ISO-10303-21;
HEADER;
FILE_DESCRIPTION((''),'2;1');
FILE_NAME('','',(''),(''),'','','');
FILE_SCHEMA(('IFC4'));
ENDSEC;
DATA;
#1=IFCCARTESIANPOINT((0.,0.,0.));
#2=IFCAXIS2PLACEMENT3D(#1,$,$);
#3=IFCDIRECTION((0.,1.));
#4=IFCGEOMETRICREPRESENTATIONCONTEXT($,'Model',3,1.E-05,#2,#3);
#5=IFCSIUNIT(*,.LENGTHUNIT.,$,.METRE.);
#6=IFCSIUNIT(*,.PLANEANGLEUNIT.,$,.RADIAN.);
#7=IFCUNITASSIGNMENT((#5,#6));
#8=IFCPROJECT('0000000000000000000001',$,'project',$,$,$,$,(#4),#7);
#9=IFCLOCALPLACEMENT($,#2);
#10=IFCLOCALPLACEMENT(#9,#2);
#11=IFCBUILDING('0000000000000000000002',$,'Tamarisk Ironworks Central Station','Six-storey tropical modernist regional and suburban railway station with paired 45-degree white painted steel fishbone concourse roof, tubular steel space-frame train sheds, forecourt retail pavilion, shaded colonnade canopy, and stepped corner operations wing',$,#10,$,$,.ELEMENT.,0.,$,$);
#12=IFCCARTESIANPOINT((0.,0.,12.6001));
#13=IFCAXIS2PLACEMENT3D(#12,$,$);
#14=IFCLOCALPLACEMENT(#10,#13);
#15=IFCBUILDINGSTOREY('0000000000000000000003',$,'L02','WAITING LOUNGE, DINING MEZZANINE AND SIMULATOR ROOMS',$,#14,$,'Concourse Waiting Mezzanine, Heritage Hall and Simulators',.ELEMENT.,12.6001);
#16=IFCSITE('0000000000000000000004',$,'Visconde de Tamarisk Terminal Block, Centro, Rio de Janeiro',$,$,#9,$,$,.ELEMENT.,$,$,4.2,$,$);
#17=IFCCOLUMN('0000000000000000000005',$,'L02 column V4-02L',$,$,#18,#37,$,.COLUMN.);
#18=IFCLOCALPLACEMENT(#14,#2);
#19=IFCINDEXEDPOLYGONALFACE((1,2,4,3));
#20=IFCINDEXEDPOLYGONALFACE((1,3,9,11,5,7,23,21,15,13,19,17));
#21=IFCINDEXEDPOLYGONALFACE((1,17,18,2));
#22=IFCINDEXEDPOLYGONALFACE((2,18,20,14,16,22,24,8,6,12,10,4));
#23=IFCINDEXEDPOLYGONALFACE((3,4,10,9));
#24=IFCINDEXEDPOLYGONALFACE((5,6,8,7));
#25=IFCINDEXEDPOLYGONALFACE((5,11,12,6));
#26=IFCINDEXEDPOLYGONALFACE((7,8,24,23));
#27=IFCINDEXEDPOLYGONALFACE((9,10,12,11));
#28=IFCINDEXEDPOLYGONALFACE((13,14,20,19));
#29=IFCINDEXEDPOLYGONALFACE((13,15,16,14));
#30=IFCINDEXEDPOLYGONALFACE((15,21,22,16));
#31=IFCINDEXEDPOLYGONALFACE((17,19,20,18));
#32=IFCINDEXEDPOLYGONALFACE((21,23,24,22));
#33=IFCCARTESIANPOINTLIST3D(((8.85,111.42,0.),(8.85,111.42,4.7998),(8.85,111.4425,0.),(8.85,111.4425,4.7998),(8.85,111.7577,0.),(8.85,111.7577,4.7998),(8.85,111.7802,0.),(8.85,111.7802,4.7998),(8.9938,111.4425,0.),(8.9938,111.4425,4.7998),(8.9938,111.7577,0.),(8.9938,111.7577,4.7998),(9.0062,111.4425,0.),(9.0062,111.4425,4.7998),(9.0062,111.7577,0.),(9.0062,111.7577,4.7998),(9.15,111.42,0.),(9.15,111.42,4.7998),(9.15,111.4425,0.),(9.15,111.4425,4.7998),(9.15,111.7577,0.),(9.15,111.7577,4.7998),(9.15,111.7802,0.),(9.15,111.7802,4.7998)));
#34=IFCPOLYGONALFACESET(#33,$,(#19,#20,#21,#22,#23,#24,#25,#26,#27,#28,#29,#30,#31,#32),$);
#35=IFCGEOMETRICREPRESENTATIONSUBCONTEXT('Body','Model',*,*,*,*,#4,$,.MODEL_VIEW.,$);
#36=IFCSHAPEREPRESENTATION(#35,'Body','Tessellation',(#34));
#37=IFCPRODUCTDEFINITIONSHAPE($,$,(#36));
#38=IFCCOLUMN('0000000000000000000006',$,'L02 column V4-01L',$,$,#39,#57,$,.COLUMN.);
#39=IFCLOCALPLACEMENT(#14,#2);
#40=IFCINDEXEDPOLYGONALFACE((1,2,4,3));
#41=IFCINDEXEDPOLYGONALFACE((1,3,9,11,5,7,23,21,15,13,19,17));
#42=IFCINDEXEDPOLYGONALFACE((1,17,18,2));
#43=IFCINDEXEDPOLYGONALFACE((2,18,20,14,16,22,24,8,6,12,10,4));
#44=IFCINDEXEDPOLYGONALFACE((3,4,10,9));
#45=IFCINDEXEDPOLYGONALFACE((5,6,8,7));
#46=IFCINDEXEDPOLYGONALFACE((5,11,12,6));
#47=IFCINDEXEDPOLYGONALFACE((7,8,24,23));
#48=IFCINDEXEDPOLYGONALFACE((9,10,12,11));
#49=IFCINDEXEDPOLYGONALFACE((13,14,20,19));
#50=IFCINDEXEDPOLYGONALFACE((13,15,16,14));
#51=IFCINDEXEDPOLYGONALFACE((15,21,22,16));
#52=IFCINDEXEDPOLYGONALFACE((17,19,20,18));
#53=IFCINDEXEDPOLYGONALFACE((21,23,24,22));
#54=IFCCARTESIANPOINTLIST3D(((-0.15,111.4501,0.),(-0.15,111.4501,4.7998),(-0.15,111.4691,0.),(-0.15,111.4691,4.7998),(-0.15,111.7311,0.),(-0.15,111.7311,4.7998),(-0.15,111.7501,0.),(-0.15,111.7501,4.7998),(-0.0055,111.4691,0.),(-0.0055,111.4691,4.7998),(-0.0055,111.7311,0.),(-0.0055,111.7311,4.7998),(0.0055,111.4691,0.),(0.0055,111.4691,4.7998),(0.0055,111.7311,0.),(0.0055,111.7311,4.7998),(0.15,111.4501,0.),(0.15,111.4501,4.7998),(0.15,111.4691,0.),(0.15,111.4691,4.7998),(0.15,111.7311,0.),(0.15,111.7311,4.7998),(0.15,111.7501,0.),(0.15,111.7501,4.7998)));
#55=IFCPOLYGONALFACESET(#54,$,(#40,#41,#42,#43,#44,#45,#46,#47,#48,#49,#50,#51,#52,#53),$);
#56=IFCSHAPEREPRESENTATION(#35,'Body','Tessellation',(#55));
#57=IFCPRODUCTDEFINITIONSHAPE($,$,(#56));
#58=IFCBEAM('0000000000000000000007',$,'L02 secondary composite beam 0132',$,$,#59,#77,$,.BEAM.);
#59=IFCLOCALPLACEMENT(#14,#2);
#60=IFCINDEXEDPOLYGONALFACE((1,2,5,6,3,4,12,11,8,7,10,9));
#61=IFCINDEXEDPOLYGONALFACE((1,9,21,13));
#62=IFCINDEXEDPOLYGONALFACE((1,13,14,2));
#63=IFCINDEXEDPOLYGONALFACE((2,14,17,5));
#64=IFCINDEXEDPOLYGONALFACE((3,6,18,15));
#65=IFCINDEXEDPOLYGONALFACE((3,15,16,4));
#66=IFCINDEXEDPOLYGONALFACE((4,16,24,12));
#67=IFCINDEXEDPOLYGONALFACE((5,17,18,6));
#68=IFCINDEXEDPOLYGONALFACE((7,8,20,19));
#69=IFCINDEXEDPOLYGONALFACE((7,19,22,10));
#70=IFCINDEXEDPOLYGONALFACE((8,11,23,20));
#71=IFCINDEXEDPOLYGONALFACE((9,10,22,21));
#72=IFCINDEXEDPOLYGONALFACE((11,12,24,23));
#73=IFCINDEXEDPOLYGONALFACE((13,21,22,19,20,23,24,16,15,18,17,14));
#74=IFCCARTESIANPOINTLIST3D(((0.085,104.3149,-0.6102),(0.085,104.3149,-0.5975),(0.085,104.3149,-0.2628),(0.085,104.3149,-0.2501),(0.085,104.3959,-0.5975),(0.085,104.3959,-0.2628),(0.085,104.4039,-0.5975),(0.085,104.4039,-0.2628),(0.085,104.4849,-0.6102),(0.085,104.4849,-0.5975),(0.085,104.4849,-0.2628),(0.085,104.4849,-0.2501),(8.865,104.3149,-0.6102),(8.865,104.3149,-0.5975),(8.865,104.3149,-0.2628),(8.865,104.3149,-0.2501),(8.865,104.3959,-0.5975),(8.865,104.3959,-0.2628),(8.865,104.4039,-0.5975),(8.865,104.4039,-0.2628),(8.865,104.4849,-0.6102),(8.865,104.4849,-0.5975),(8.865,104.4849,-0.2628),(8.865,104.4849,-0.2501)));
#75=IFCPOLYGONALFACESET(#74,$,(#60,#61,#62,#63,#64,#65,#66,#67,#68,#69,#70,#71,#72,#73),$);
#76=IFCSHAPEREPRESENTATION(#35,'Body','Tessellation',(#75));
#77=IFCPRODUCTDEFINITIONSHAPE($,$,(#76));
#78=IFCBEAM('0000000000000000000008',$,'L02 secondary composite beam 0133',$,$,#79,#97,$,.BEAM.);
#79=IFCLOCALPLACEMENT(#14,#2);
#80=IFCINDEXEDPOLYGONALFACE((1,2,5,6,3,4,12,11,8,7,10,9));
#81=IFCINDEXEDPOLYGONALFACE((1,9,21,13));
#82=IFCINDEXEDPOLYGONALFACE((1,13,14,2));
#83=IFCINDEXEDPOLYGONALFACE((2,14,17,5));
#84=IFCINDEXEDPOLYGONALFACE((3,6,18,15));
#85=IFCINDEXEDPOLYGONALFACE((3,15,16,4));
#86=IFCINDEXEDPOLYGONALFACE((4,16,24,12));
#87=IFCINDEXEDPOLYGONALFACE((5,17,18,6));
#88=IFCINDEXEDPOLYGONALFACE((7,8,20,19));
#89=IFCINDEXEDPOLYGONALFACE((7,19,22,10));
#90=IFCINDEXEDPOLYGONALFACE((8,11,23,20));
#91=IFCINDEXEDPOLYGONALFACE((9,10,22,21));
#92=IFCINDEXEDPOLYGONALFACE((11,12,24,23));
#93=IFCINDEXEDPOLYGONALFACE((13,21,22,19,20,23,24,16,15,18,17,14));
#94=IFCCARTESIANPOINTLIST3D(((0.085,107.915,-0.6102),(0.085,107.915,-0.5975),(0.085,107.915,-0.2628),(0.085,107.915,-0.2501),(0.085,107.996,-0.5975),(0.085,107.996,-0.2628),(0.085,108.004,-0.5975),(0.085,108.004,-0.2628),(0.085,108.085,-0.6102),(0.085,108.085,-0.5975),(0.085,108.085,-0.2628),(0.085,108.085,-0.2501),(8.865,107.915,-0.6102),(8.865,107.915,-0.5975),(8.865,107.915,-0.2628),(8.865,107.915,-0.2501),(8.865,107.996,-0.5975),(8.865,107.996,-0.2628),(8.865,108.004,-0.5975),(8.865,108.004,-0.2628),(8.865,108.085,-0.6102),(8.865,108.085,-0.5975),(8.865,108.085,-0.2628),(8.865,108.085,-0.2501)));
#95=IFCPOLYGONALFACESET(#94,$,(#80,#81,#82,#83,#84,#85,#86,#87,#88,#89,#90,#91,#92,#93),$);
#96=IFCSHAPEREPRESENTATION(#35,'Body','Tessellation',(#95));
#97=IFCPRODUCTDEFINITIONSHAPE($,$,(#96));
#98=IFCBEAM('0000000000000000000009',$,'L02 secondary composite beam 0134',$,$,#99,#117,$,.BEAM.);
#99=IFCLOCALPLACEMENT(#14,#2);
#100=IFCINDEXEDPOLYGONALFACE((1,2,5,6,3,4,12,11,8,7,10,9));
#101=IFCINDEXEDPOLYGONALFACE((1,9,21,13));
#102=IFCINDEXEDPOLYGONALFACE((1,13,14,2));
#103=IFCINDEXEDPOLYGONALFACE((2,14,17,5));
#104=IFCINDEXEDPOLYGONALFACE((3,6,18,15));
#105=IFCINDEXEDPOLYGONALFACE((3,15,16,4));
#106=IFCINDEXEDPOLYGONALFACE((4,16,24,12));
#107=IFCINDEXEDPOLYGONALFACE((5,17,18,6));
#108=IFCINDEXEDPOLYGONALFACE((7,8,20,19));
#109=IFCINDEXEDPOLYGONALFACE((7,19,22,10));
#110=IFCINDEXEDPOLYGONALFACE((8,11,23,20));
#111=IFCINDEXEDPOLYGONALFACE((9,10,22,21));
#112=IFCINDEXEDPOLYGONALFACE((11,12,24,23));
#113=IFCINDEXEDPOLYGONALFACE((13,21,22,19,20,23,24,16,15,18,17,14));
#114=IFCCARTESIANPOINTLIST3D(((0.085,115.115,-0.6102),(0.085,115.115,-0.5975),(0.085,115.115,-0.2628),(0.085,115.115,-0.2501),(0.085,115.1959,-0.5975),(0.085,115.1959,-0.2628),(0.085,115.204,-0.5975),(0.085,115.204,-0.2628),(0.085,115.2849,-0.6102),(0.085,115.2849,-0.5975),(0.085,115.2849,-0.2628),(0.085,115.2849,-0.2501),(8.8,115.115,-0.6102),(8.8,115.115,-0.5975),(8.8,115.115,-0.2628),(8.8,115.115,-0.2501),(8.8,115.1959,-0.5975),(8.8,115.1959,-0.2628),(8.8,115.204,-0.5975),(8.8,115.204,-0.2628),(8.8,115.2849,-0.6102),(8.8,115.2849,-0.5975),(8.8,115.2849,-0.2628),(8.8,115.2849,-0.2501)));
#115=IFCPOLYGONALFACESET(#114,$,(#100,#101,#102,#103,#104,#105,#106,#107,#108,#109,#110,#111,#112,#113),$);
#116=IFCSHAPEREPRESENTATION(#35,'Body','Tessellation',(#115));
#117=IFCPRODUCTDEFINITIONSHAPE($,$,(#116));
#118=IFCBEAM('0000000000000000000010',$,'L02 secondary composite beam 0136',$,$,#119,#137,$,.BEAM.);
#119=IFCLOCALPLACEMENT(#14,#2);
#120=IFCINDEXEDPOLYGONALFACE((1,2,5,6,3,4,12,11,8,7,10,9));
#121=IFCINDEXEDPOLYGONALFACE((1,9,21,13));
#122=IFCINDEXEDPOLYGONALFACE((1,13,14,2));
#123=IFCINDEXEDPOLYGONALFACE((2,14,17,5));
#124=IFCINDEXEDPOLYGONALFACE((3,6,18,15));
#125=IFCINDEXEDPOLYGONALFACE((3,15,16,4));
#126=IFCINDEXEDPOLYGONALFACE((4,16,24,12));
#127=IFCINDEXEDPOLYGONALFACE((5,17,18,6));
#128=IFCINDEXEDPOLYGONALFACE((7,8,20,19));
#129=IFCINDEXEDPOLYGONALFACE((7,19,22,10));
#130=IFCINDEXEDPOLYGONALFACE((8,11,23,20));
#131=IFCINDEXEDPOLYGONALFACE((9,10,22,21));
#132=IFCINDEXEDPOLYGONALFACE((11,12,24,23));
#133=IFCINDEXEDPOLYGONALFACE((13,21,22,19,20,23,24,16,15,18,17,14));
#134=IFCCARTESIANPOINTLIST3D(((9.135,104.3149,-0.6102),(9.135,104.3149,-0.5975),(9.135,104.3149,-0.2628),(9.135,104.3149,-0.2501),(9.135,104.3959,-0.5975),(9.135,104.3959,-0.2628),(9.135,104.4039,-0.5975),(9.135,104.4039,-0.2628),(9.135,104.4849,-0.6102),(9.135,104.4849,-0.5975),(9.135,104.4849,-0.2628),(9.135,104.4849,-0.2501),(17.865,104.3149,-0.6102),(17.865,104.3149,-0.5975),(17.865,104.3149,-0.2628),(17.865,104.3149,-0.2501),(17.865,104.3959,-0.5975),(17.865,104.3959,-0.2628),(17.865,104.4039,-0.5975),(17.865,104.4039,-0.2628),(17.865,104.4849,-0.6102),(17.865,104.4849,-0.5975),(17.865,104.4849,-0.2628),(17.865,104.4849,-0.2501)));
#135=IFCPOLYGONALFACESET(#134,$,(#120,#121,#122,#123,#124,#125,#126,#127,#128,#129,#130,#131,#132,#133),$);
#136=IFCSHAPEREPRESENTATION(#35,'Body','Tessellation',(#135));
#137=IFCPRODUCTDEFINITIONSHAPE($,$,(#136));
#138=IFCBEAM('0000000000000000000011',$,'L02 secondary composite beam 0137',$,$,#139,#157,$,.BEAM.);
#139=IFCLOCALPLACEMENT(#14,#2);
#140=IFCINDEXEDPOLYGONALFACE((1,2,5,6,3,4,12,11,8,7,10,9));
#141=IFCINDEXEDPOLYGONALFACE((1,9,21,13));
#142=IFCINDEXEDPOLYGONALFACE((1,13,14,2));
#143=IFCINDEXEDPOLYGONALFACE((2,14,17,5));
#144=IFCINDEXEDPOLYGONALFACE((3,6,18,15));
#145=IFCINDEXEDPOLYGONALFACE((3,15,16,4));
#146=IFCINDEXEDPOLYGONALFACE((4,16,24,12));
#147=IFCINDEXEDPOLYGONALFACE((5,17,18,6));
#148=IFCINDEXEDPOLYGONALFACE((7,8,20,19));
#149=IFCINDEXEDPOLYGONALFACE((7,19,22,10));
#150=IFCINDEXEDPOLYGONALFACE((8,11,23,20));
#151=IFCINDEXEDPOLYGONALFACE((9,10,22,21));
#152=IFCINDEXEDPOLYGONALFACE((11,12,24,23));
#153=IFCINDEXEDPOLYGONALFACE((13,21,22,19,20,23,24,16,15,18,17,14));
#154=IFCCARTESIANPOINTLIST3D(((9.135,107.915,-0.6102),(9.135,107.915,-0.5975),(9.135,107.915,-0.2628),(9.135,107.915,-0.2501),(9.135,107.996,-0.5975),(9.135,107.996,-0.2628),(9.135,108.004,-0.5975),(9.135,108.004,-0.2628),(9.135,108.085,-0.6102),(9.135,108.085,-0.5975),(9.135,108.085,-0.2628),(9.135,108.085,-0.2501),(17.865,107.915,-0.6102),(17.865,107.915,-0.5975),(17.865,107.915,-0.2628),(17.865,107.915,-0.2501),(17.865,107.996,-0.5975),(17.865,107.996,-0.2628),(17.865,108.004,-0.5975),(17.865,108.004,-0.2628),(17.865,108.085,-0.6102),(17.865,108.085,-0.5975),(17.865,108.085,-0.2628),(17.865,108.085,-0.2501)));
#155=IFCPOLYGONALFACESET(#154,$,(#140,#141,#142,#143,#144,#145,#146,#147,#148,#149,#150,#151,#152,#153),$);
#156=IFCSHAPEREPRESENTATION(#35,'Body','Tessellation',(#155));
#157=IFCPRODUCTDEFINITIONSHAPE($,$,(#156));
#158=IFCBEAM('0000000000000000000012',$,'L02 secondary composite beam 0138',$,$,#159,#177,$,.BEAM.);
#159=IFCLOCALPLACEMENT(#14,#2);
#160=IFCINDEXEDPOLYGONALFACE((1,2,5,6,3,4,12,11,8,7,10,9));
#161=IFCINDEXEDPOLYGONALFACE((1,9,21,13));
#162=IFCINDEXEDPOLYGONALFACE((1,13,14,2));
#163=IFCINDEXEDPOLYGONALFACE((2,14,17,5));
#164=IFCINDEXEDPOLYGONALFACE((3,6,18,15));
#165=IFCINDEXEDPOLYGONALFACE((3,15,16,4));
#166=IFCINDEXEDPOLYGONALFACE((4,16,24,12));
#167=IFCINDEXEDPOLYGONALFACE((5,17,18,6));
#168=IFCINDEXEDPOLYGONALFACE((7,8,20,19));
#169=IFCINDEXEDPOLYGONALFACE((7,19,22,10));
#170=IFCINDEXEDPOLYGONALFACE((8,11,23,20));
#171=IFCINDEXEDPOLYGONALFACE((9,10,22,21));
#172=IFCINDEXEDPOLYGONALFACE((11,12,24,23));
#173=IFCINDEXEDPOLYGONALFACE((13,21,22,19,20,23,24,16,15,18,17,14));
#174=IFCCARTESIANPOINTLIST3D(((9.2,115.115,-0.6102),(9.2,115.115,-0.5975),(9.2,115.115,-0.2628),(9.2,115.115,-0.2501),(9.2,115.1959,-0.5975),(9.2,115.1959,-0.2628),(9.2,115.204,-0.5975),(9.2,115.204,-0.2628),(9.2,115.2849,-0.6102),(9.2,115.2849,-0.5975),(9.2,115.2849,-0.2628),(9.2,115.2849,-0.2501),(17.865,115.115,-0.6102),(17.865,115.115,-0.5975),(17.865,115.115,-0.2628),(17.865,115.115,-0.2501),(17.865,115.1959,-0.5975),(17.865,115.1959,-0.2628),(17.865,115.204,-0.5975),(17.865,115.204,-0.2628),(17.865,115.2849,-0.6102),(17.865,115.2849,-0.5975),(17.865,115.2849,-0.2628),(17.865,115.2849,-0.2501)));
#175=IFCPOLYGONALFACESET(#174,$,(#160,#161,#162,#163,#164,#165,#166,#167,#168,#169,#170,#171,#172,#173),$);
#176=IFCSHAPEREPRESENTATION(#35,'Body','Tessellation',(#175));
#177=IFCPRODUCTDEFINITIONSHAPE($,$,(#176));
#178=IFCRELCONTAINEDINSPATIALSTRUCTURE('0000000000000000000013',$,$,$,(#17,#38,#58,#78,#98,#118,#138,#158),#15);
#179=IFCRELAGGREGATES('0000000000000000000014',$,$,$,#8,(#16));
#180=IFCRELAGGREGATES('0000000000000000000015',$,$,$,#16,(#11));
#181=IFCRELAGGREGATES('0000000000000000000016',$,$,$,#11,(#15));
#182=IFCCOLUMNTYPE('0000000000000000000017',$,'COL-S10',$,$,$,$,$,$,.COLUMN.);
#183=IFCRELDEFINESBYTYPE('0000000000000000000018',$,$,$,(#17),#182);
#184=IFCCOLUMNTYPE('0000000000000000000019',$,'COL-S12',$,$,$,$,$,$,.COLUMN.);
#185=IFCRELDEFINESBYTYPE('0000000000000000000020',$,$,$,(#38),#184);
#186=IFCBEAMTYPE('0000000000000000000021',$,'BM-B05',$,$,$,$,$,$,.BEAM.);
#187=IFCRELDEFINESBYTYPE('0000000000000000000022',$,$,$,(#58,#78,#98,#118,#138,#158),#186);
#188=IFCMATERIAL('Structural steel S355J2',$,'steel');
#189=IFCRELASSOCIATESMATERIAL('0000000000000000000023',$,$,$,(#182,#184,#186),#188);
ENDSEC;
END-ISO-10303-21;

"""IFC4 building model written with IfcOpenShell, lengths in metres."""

from ifc_helpers import new_model, si_unit, direction, frame, origin, origin_2d, place, context, subcontext, project, spatial, i_section, extrude, material, material_profile, profile_set, type_object, element, save


model = new_model("IFC4")

# Units and contexts
model_context = context("Model", 3, precision=1e-05, world=origin(), true_north=direction((0.0, 1.0)))
body_context = subcontext(model_context, "Body", "Model", "MODEL_VIEW")
ifc_project = project(units=[si_unit("LENGTHUNIT", "METRE"), si_unit("PLANEANGLEUNIT", "RADIAN")], contexts=[model_context])

# Site, building, storey
site_placement = place(None, origin())
site = spatial("IfcSite", under=ifc_project, at=site_placement, Name="Visconde de Tamarisk Terminal Block, Centro, Rio de Janeiro", CompositionType="ELEMENT", RefElevation=4.2)
building_placement = place(site_placement, origin())
building = spatial("IfcBuilding", under=site, at=building_placement, Name="Tamarisk Ironworks Central Station", Description="Six-storey tropical modernist regional and suburban railway station with paired 45-degree white painted steel fishbone concourse roof, tubular steel space-frame train sheds, forecourt retail pavilion, shaded colonnade canopy, and stepped corner operations wing", CompositionType="ELEMENT", ElevationOfRefHeight=0.0)
storey_placement = place(building_placement, frame((0.0, 0.0, 12.6001)))
storey = spatial("IfcBuildingStorey", under=building, at=storey_placement, Name="L02", Description="WAITING LOUNGE, DINING MEZZANINE AND SIMULATOR ROOMS", LongName="Concourse Waiting Mezzanine, Heritage Hall and Simulators", CompositionType="ELEMENT", Elevation=12.6001)

# Columns
ifc_material_1 = material(Name="Structural steel S355J2", Category="steel")
ifc_material_profile_1 = material_profile(ifc_material_1, i_section(OverallWidth=0.3, OverallDepth=0.3601, WebThickness=0.0125, FlangeThickness=0.0225, at=origin_2d()), Name="HEB 360")
ifc_profile_set_1 = profile_set([ifc_material_profile_1], Name="Structural steel S355J2")
column_type_1 = type_object("IfcColumnType", Name="COL-S10", PredefinedType="COLUMN", material=ifc_profile_set_1)
column_1_placement = place(storey_placement, frame((9.0, 111.6001, 0.0), z_axis=(0.0, 0.0, 1.0), x_axis=(1.0, 0.0, 0.0)))
element("IfcColumn", 1, at=column_1_placement, inside=storey, type_object=column_type_1, Name="L02 column V4-02L", PredefinedType="COLUMN", context=body_context, shape_type="SweptSolid", body=[
    extrude(i_section(OverallWidth=0.3, OverallDepth=0.3601, WebThickness=0.0125, FlangeThickness=0.0225, at=origin_2d()), origin(), (0.0, 0.0, 1.0), 4.7998),
])
ifc_material_profile_2 = material_profile(ifc_material_1, i_section(OverallWidth=0.3, OverallDepth=0.3, WebThickness=0.011, FlangeThickness=0.019, at=origin_2d()), Name="HEB 300")
ifc_profile_set_2 = profile_set([ifc_material_profile_2], Name="Structural steel S355J2")
column_type_2 = type_object("IfcColumnType", Name="COL-S12", PredefinedType="COLUMN", material=ifc_profile_set_2)
column_2_placement = place(storey_placement, frame((0.0, 111.6001, 0.0), z_axis=(0.0, 0.0, 1.0), x_axis=(1.0, 0.0, 0.0)))
element("IfcColumn", 2, at=column_2_placement, inside=storey, type_object=column_type_2, Name="L02 column V4-01L", PredefinedType="COLUMN", context=body_context, shape_type="SweptSolid", body=[
    extrude(i_section(OverallWidth=0.3, OverallDepth=0.3, WebThickness=0.011, FlangeThickness=0.019, at=origin_2d()), origin(), (0.0, 0.0, 1.0), 4.7998),
])

# Beams
ifc_material_profile_3 = material_profile(ifc_material_1, i_section(OverallWidth=0.1699, OverallDepth=0.3601, WebThickness=0.0081, FlangeThickness=0.0127, at=origin_2d()), Name="IPE 360")
ifc_profile_set_3 = profile_set([ifc_material_profile_3], Name="Structural steel S355J2")
beam_type_1 = type_object("IfcBeamType", Name="BM-B05", PredefinedType="BEAM", material=ifc_profile_set_3)
for number, where, z_axis, x_axis, name in (
    (3, (0.085, 104.3999, -0.4302), (1.0, 0.0, 0.0), (0.0, 1.0, 0.0), "L02 secondary composite beam 0132"),
    (4, (0.085, 108.0, -0.4302), (1.0, 0.0, 0.0), (0.0, 1.0, 0.0), "L02 secondary composite beam 0133"),
):
    element("IfcBeam", number, at=place(storey_placement, frame(where, z_axis=z_axis, x_axis=x_axis)), inside=storey, type_object=beam_type_1, Name=name, PredefinedType="BEAM", context=body_context, shape_type="SweptSolid", body=[
        extrude(i_section(OverallWidth=0.1699, OverallDepth=0.3601, WebThickness=0.0081, FlangeThickness=0.0127, at=origin_2d()), origin(), (0.0, 0.0, 1.0), 8.78),
    ])
beam_1_placement = place(storey_placement, frame((0.085, 115.2, -0.4302), z_axis=(1.0, 0.0, 0.0), x_axis=(0.0, 1.0, 0.0)))
element("IfcBeam", 5, at=beam_1_placement, inside=storey, type_object=beam_type_1, Name="L02 secondary composite beam 0134", PredefinedType="BEAM", context=body_context, shape_type="SweptSolid", body=[
    extrude(i_section(OverallWidth=0.1699, OverallDepth=0.3601, WebThickness=0.0081, FlangeThickness=0.0127, at=origin_2d()), origin(), (0.0, 0.0, 1.0), 8.7151),
])
for number, where, z_axis, x_axis, name in (
    (6, (9.135, 104.3999, -0.4302), (1.0, 0.0, 0.0), (0.0, 1.0, 0.0), "L02 secondary composite beam 0136"),
    (7, (9.135, 108.0, -0.4302), (1.0, 0.0, 0.0), (0.0, 1.0, 0.0), "L02 secondary composite beam 0137"),
):
    element("IfcBeam", number, at=place(storey_placement, frame(where, z_axis=z_axis, x_axis=x_axis)), inside=storey, type_object=beam_type_1, Name=name, PredefinedType="BEAM", context=body_context, shape_type="SweptSolid", body=[
        extrude(i_section(OverallWidth=0.1699, OverallDepth=0.3601, WebThickness=0.0081, FlangeThickness=0.0127, at=origin_2d()), origin(), (0.0, 0.0, 1.0), 8.73),
    ])
beam_2_placement = place(storey_placement, frame((9.2, 115.2, -0.4302), z_axis=(1.0, 0.0, 0.0), x_axis=(0.0, 1.0, 0.0)))
element("IfcBeam", 8, at=beam_2_placement, inside=storey, type_object=beam_type_1, Name="L02 secondary composite beam 0138", PredefinedType="BEAM", context=body_context, shape_type="SweptSolid", body=[
    extrude(i_section(OverallWidth=0.1699, OverallDepth=0.3601, WebThickness=0.0081, FlangeThickness=0.0127, at=origin_2d()), origin(), (0.0, 0.0, 1.0), 8.665),
])

save(model, "model.ifc")
